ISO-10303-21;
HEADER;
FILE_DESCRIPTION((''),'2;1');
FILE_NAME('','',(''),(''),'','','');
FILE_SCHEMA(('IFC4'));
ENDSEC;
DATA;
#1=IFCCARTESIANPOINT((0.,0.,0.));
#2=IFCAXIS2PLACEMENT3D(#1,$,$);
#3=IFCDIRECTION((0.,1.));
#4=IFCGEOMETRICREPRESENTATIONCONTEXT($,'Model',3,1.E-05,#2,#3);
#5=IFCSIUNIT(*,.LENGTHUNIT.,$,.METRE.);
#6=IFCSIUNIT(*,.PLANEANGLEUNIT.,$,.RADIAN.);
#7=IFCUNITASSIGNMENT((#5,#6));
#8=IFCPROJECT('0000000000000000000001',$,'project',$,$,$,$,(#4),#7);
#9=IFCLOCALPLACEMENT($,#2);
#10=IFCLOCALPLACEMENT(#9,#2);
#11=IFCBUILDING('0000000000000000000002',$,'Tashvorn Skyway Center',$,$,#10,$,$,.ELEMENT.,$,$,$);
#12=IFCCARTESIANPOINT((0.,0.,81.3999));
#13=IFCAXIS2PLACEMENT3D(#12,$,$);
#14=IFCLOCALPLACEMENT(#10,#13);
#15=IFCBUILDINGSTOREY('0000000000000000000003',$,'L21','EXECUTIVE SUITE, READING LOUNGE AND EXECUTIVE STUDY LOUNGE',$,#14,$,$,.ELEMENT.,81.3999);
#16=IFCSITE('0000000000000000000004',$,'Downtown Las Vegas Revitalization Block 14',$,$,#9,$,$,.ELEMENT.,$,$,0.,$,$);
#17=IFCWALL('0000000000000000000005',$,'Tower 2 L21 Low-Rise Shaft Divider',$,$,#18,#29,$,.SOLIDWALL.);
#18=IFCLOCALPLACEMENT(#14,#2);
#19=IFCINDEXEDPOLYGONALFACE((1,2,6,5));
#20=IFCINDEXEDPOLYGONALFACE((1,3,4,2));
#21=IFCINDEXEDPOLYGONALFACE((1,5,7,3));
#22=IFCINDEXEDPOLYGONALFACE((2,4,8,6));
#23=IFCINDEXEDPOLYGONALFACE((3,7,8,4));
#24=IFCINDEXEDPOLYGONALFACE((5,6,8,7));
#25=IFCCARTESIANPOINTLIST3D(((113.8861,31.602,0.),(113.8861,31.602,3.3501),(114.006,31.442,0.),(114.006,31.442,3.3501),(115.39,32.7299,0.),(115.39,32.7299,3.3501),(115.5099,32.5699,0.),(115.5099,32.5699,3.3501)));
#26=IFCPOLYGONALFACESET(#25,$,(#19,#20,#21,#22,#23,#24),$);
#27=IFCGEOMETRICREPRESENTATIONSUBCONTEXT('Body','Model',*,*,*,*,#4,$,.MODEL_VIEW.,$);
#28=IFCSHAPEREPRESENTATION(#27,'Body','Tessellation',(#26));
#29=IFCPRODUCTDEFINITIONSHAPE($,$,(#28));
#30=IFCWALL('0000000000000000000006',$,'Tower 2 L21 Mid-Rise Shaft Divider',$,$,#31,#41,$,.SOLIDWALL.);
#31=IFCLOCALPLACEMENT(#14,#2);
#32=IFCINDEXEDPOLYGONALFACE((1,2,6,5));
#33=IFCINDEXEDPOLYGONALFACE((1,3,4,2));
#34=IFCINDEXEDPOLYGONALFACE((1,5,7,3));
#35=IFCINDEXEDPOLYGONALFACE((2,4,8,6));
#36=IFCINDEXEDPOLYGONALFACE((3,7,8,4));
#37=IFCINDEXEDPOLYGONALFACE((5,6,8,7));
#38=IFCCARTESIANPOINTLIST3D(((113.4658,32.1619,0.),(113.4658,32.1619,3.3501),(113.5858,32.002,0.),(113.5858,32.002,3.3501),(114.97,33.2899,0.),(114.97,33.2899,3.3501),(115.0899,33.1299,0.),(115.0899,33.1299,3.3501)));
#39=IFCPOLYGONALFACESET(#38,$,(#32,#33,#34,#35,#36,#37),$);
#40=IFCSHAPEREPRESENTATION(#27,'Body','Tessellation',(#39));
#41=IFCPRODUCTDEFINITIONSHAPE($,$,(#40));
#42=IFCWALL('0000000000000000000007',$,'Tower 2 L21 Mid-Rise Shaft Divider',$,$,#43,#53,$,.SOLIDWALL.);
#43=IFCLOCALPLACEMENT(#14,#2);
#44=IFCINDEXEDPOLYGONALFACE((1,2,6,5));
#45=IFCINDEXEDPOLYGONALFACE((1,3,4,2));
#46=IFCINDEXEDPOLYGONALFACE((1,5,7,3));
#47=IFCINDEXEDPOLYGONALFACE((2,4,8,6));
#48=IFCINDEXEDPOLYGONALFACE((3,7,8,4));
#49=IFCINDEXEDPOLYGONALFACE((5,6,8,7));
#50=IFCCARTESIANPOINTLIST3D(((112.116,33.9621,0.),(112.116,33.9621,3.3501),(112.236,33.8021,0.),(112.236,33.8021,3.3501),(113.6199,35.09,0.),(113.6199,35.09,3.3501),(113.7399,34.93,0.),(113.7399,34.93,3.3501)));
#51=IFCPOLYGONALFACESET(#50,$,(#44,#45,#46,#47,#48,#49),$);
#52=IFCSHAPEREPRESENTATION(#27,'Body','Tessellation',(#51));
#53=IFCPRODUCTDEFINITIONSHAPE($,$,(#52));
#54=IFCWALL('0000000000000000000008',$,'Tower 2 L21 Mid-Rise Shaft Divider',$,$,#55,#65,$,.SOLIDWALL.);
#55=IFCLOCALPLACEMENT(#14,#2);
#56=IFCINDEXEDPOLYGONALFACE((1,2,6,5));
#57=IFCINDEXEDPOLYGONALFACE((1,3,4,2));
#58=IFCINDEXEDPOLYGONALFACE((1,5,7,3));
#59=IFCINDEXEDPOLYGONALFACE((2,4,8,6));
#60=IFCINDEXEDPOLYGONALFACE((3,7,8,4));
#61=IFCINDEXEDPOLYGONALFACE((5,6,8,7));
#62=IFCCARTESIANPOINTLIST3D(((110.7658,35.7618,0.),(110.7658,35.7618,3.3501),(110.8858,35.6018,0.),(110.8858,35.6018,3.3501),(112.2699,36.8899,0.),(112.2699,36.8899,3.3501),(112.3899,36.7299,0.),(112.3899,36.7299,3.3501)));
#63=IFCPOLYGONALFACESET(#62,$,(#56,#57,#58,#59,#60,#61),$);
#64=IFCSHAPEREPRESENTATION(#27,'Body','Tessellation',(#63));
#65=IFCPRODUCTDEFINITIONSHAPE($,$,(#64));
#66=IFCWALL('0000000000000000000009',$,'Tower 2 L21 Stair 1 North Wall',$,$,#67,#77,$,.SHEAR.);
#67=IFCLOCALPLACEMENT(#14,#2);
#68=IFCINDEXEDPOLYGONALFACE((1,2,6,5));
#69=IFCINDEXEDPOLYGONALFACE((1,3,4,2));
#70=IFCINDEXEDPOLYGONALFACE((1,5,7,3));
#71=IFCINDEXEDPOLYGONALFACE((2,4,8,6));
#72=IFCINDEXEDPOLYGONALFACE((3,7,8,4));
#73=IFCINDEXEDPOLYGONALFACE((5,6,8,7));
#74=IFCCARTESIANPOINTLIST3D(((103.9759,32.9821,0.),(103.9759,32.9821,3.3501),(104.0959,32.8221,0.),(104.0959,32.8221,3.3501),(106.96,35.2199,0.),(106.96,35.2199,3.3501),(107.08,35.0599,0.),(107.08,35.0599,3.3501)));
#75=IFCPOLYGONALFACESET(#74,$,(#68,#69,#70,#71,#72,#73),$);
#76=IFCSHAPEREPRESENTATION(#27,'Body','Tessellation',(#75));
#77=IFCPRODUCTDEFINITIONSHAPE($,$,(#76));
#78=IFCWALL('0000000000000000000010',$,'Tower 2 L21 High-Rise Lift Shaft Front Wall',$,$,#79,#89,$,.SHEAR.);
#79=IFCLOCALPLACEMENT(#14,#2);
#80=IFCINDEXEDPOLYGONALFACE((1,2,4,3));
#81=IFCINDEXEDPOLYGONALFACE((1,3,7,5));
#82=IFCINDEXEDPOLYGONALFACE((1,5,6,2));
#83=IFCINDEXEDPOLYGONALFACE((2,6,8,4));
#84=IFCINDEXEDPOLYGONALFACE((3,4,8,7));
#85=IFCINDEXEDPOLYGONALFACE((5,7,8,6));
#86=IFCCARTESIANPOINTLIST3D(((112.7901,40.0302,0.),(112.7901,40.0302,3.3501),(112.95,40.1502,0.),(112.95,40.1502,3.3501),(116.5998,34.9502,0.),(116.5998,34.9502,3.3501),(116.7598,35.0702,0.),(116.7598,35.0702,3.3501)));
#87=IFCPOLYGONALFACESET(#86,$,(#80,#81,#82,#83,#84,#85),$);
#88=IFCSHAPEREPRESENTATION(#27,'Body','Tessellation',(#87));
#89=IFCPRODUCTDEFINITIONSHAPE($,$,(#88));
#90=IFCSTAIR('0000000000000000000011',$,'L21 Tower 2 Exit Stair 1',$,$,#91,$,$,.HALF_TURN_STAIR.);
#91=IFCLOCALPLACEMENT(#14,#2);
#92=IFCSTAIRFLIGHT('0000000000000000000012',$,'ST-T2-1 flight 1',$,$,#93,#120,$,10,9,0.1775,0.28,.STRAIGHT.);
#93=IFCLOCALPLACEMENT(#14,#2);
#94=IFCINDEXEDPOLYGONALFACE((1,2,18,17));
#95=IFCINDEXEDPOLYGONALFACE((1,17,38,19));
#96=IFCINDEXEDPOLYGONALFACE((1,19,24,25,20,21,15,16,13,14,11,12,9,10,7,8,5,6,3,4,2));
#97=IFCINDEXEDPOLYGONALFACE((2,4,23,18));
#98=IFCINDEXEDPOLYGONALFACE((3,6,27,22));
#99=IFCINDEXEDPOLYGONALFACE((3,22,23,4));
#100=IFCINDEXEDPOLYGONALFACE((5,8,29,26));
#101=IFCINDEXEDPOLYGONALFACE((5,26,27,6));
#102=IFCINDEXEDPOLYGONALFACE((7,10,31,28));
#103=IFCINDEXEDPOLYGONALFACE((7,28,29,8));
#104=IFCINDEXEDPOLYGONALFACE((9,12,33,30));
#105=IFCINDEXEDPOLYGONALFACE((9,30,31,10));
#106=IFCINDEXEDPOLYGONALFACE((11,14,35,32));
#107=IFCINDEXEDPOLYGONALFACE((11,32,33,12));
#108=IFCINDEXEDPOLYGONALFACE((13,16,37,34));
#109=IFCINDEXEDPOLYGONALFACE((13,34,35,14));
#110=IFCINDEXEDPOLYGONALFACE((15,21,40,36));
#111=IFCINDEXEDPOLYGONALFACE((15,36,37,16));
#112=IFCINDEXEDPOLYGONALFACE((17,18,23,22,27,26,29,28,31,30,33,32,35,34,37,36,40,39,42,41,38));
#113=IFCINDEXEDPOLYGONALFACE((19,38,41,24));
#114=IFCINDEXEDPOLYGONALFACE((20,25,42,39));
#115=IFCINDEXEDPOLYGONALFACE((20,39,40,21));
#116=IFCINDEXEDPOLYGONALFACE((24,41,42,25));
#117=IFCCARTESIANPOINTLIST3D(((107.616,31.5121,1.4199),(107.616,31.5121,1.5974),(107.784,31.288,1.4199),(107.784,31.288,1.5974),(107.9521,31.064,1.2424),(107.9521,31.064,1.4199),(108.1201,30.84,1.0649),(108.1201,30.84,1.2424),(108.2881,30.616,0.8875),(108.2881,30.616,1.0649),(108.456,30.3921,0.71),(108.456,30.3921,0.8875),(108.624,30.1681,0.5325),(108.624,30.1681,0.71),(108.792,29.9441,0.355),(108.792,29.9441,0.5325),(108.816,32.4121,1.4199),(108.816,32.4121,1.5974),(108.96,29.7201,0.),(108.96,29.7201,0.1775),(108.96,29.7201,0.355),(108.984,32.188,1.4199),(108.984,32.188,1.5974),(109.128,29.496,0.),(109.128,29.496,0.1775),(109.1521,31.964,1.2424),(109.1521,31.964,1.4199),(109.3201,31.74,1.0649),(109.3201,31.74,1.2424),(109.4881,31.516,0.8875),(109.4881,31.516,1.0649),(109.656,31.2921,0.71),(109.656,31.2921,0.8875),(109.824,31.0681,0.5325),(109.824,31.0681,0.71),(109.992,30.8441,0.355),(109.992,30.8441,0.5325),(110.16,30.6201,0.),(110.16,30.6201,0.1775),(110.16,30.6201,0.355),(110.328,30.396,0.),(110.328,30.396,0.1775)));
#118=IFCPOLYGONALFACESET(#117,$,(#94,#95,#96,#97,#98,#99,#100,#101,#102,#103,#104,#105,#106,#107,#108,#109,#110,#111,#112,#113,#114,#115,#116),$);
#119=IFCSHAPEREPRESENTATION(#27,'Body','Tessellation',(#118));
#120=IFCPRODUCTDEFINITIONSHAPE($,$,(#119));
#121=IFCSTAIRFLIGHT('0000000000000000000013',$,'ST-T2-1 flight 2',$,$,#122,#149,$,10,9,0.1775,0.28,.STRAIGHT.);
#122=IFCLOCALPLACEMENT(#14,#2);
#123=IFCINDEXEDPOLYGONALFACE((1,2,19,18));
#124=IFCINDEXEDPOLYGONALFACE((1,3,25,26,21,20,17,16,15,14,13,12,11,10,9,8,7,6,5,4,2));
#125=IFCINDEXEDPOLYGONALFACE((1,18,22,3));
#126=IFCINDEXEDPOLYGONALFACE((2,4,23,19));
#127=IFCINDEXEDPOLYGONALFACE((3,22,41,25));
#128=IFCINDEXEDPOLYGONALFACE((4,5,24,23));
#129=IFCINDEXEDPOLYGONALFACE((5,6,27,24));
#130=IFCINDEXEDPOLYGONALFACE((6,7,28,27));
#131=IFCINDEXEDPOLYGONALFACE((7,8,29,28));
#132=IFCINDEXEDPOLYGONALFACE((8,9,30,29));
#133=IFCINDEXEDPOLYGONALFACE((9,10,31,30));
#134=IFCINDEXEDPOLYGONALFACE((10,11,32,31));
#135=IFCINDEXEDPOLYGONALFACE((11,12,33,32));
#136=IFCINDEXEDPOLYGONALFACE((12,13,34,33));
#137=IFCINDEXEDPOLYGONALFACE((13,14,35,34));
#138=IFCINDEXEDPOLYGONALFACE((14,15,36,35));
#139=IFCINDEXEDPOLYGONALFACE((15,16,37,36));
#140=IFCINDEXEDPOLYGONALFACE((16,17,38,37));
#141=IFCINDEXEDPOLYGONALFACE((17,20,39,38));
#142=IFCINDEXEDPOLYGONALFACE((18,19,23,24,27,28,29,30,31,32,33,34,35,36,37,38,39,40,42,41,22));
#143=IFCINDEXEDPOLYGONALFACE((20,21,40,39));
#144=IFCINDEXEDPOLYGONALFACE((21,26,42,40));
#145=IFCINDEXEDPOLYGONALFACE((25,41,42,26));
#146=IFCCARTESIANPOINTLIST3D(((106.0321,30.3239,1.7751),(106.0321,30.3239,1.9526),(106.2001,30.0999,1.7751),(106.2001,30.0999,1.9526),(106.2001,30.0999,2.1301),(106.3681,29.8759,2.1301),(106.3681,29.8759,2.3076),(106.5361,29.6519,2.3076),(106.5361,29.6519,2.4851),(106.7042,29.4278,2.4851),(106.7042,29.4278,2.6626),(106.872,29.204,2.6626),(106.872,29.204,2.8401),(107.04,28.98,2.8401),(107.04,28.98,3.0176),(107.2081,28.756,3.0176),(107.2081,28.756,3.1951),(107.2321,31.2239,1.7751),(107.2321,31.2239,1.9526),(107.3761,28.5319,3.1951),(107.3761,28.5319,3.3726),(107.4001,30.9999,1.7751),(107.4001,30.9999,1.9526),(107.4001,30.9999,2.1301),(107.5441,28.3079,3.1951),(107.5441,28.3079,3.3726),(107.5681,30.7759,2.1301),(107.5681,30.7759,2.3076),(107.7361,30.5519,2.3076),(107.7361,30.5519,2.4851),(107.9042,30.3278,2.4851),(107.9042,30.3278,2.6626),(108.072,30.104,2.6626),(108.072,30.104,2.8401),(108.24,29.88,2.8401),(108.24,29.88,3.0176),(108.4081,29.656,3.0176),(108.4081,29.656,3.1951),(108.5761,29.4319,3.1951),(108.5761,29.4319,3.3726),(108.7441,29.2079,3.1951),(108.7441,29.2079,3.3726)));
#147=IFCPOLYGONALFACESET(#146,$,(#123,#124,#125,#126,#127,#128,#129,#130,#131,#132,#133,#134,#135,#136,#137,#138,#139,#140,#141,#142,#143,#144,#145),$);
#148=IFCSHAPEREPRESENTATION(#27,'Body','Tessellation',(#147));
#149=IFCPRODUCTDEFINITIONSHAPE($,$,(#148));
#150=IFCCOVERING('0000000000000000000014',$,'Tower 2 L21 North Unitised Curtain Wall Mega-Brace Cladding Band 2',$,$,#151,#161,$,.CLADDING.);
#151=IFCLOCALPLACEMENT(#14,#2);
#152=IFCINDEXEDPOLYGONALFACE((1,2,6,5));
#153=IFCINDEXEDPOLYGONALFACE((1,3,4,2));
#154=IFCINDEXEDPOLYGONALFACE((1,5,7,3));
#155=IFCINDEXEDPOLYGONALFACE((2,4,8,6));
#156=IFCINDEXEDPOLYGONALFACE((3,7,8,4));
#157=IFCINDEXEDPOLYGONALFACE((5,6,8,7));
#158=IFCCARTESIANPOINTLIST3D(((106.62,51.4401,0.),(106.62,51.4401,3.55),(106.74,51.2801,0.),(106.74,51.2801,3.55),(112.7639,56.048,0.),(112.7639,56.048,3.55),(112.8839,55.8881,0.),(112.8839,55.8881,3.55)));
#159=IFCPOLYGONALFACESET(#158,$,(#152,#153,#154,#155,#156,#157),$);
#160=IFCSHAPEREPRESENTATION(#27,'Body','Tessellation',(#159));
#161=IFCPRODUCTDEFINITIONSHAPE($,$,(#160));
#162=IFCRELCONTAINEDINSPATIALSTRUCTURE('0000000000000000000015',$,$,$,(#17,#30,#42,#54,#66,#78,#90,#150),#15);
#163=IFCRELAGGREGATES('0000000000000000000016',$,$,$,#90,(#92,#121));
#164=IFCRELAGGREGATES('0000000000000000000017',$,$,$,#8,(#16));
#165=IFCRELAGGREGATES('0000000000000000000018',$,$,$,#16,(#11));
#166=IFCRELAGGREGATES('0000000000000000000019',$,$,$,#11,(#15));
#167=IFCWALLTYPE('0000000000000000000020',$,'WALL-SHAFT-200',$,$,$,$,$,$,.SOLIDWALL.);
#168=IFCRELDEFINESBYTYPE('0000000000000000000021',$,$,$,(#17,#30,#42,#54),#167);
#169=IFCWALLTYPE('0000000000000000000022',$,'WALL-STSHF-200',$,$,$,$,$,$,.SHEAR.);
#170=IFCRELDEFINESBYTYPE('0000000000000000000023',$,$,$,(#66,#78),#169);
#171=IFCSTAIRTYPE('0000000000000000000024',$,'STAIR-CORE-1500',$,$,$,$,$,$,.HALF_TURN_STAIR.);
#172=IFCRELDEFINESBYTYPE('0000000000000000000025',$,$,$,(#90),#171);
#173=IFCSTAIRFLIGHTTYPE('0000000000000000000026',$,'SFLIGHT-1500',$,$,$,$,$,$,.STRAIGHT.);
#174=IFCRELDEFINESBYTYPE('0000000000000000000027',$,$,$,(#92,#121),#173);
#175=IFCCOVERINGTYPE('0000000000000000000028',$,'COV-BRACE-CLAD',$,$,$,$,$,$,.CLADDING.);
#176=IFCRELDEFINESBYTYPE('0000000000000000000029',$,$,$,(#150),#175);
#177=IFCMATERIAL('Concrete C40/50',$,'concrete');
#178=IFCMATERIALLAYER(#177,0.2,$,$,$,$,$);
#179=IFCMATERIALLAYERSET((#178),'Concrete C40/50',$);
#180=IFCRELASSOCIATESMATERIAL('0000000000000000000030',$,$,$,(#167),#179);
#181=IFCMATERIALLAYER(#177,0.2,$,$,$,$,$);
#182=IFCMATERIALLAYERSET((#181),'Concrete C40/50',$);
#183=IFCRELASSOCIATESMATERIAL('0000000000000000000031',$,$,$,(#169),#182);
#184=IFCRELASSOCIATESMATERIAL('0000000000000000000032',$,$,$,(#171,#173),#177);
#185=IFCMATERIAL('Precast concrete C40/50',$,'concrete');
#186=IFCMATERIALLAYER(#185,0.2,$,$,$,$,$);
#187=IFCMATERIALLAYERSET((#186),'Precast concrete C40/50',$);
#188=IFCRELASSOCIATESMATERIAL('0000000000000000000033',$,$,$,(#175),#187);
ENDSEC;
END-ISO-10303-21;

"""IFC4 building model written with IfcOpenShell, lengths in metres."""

from ifc_helpers import new_model, si_unit, direction, frame, frame_2d, origin, origin_2d, place, context, subcontext, project, spatial, polyline, rectangle, outline, extrude, material, layer, layer_set, type_object, element, aggregate, save


model = new_model("IFC4")

# Units and contexts
model_context = context("Model", 3, precision=1e-05, world=origin(), true_north=direction((0.0, 1.0)))
body_context = subcontext(model_context, "Body", "Model", "MODEL_VIEW")
ifc_project = project(units=[si_unit("LENGTHUNIT", "METRE"), si_unit("PLANEANGLEUNIT", "RADIAN")], contexts=[model_context])

# Site, building, storey
site_placement = place(None, origin())
site = spatial("IfcSite", under=ifc_project, at=site_placement, Name="Downtown Las Vegas Revitalization Block 14", CompositionType="ELEMENT", RefElevation=0.0)
building_placement = place(site_placement, origin())
building = spatial("IfcBuilding", under=site, at=building_placement, Name="Tashvorn Skyway Center", CompositionType="ELEMENT")
storey_placement = place(building_placement, frame((0.0, 0.0, 81.3999)))
storey = spatial("IfcBuildingStorey", under=building, at=storey_placement, Name="L21", Description="EXECUTIVE SUITE, READING LOUNGE AND EXECUTIVE STUDY LOUNGE", CompositionType="ELEMENT", Elevation=81.3999)

# Shared definitions
ifc_material_1 = material(Name="Concrete C40/50", Category="concrete")

# Walls
ifc_layer_1 = layer(ifc_material_1, 0.2)
ifc_layer_set_1 = layer_set([ifc_layer_1], Name="Concrete C40/50")
wall_type_1 = type_object("IfcWallType", Name="WALL-SHAFT-200", PredefinedType="SOLIDWALL", material=ifc_layer_set_1)
wall_1_placement = place(storey_placement, frame((113.946, 31.522, 0.0), z_axis=(0.0, 0.0, 1.0), x_axis=(0.8, 0.6, 0.0)))
element("IfcWall", 1, at=wall_1_placement, inside=storey, type_object=wall_type_1, Name="Tower 2 L21 Low-Rise Shaft Divider", PredefinedType="SOLIDWALL", context=body_context, shape_type="SweptSolid", body=[
    extrude(rectangle(XDim=1.8799, YDim=0.2, at=frame_2d((0.9399, 0.0))), origin(), (0.0, 0.0, 1.0), 3.3501),
])
wall_2_placement = place(storey_placement, frame((113.5259, 32.082, 0.0), z_axis=(0.0, 0.0, 1.0), x_axis=(0.800047, 0.599938, 0.0)))
element("IfcWall", 2, at=wall_2_placement, inside=storey, type_object=wall_type_1, Name="Tower 2 L21 Mid-Rise Shaft Divider", PredefinedType="SOLIDWALL", context=body_context, shape_type="SweptSolid", body=[
    extrude(rectangle(XDim=1.8801, YDim=0.2, at=frame_2d((0.9399, 0.0))), origin(), (0.0, 0.0, 1.0), 3.3501),
])
wall_3_placement = place(storey_placement, frame((112.176, 33.8821, 0.0), z_axis=(0.0, 0.0, 1.0), x_axis=(0.8, 0.6, 0.0)))
element("IfcWall", 3, at=wall_3_placement, inside=storey, type_object=wall_type_1, Name="Tower 2 L21 Mid-Rise Shaft Divider", PredefinedType="SOLIDWALL", context=body_context, shape_type="SweptSolid", body=[
    extrude(rectangle(XDim=1.8799, YDim=0.2, at=frame_2d((0.9399, 0.0))), origin(), (0.0, 0.0, 1.0), 3.3501),
])
wall_4_placement = place(storey_placement, frame((110.8259, 35.6819, 0.0), z_axis=(0.0, 0.0, 1.0), x_axis=(0.799984, 0.600021, 0.0)))
element("IfcWall", 4, at=wall_4_placement, inside=storey, type_object=wall_type_1, Name="Tower 2 L21 Mid-Rise Shaft Divider", PredefinedType="SOLIDWALL", context=body_context, shape_type="SweptSolid", body=[
    extrude(rectangle(XDim=1.8801, YDim=0.2, at=frame_2d((0.9399, 0.0))), origin(), (0.0, 0.0, 1.0), 3.3501),
])
ifc_layer_2 = layer(ifc_material_1, 0.2)
ifc_layer_set_2 = layer_set([ifc_layer_2], Name="Concrete C40/50")
wall_type_2 = type_object("IfcWallType", Name="WALL-STSHF-200", PredefinedType="SHEAR", material=ifc_layer_set_2)
wall_5_placement = place(storey_placement, frame((104.0359, 32.9021, 0.0), z_axis=(0.0, 0.0, 1.0), x_axis=(0.800039, 0.599948, 0.0)))
element("IfcWall", 5, at=wall_5_placement, inside=storey, type_object=wall_type_2, Name="Tower 2 L21 Stair 1 North Wall", PredefinedType="SHEAR", context=body_context, shape_type="SweptSolid", body=[
    extrude(rectangle(XDim=3.73, YDim=0.2, at=frame_2d((1.865, 0.0))), origin(), (0.0, 0.0, 1.0), 3.3501),
])
wall_6_placement = place(storey_placement, frame((112.8701, 40.0901, 0.0), z_axis=(0.0, 0.0, 1.0), x_axis=(0.599975, -0.800018, 0.0)))
element("IfcWall", 6, at=wall_6_placement, inside=storey, type_object=wall_type_2, Name="Tower 2 L21 High-Rise Lift Shaft Front Wall", PredefinedType="SHEAR", context=body_context, shape_type="SweptSolid", body=[
    extrude(rectangle(XDim=6.3499, YDim=0.2, at=frame_2d((3.1748, 0.0))), origin(), (0.0, 0.0, 1.0), 3.3501),
])

# Stair, stair flights
stair_type = type_object("IfcStairType", Name="STAIR-CORE-1500", PredefinedType="HALF_TURN_STAIR", material=ifc_material_1)
stair_placement = place(storey_placement, origin())
stair = element("IfcStair", 7, at=stair_placement, inside=storey, type_object=stair_type, Name="L21 Tower 2 Exit Stair 1", PredefinedType="HALF_TURN_STAIR")
stair_flight_type = type_object("IfcStairFlightType", Name="SFLIGHT-1500", PredefinedType="STRAIGHT", material=ifc_material_1)
stair_flight_1_placement = place(storey_placement, frame((109.728, 29.946, 0.0), z_axis=(0.0, 0.0, 1.0), x_axis=(-0.6, 0.8, 0.0)))
stair_flight_1 = element("IfcStairFlight", 8, at=stair_flight_1_placement, type_object=stair_flight_type, Name="ST-T2-1 flight 1", NumberOfRisers=10, NumberOfTreads=9, PredefinedType="STRAIGHT", RiserHeight=0.1775, TreadLength=0.28, context=body_context, shape_type="SweptSolid", body=[
    extrude(outline(polyline([(0.0, 0.0), (0.0, 0.1775), (0.28, 0.1775), (0.28, 0.355), (0.5601, 0.355), (0.5601, 0.5325), (0.8401, 0.5325), (0.8401, 0.71), (1.1201, 0.71), (1.1201, 0.8875), (1.3999, 0.8875), (1.3999, 1.0649), (1.6799, 1.0649), (1.6799, 1.2424), (1.96, 1.2424), (1.96, 1.4199), (2.24, 1.4199), (2.24, 1.5974), (2.52, 1.5974), (2.52, 1.7749), (2.52, 1.4199), (0.28, 0.0), (0.0, 0.0)])), frame((0.0, 0.75, 0.0), z_axis=(0.0, -1.0, 0.0), x_axis=(1.0, 0.0, 0.0)), (0.0, 0.0, 1.0), 1.5),
])
stair_flight_2_placement = place(storey_placement, frame((106.6321, 30.7739, 1.7751), z_axis=(0.0, 0.0, 1.0), x_axis=(0.6, -0.8, 0.0)))
stair_flight_2 = element("IfcStairFlight", 9, at=stair_flight_2_placement, type_object=stair_flight_type, Name="ST-T2-1 flight 2", NumberOfRisers=10, NumberOfTreads=9, PredefinedType="STRAIGHT", RiserHeight=0.1775, TreadLength=0.28, context=body_context, shape_type="SweptSolid", body=[
    extrude(outline(polyline([(0.0, 0.0), (0.0, 0.1775), (0.28, 0.1775), (0.28, 0.355), (0.5601, 0.355), (0.5601, 0.5325), (0.8401, 0.5325), (0.8401, 0.71), (1.1201, 0.71), (1.1201, 0.8875), (1.3999, 0.8875), (1.3999, 1.0649), (1.6799, 1.0649), (1.6799, 1.2424), (1.96, 1.2424), (1.96, 1.4199), (2.24, 1.4199), (2.24, 1.5974), (2.52, 1.5974), (2.52, 1.7749), (2.52, 1.4199), (0.28, 0.0), (0.0, 0.0)])), frame((0.0, 0.75, 0.0), z_axis=(0.0, -1.0, 0.0), x_axis=(1.0, 0.0, 0.0)), (0.0, 0.0, 1.0), 1.5),
])
aggregate(stair, [stair_flight_1, stair_flight_2])

# Covering
ifc_material_2 = material(Name="Precast concrete C40/50", Category="concrete")
ifc_layer_3 = layer(ifc_material_2, 0.2)
ifc_layer_set_3 = layer_set([ifc_layer_3], Name="Precast concrete C40/50")
covering_type = type_object("IfcCoveringType", Name="COV-BRACE-CLAD", PredefinedType="CLADDING", material=ifc_layer_set_3)
covering_placement = place(storey_placement, frame((109.752, 53.6641, 0.0), z_axis=(0.0, 0.0, 1.0), x_axis=(0.8, 0.6, 0.0)))
element("IfcCovering", 10, at=covering_placement, inside=storey, type_object=covering_type, Name="Tower 2 L21 North Unitised Curtain Wall Mega-Brace Cladding Band 2", PredefinedType="CLADDING", context=body_context, shape_type="SweptSolid", body=[
    extrude(rectangle(XDim=7.6799, YDim=0.2, at=origin_2d()), origin(), (0.0, 0.0, 1.0), 3.55),
])

save(model, "model.ifc")
